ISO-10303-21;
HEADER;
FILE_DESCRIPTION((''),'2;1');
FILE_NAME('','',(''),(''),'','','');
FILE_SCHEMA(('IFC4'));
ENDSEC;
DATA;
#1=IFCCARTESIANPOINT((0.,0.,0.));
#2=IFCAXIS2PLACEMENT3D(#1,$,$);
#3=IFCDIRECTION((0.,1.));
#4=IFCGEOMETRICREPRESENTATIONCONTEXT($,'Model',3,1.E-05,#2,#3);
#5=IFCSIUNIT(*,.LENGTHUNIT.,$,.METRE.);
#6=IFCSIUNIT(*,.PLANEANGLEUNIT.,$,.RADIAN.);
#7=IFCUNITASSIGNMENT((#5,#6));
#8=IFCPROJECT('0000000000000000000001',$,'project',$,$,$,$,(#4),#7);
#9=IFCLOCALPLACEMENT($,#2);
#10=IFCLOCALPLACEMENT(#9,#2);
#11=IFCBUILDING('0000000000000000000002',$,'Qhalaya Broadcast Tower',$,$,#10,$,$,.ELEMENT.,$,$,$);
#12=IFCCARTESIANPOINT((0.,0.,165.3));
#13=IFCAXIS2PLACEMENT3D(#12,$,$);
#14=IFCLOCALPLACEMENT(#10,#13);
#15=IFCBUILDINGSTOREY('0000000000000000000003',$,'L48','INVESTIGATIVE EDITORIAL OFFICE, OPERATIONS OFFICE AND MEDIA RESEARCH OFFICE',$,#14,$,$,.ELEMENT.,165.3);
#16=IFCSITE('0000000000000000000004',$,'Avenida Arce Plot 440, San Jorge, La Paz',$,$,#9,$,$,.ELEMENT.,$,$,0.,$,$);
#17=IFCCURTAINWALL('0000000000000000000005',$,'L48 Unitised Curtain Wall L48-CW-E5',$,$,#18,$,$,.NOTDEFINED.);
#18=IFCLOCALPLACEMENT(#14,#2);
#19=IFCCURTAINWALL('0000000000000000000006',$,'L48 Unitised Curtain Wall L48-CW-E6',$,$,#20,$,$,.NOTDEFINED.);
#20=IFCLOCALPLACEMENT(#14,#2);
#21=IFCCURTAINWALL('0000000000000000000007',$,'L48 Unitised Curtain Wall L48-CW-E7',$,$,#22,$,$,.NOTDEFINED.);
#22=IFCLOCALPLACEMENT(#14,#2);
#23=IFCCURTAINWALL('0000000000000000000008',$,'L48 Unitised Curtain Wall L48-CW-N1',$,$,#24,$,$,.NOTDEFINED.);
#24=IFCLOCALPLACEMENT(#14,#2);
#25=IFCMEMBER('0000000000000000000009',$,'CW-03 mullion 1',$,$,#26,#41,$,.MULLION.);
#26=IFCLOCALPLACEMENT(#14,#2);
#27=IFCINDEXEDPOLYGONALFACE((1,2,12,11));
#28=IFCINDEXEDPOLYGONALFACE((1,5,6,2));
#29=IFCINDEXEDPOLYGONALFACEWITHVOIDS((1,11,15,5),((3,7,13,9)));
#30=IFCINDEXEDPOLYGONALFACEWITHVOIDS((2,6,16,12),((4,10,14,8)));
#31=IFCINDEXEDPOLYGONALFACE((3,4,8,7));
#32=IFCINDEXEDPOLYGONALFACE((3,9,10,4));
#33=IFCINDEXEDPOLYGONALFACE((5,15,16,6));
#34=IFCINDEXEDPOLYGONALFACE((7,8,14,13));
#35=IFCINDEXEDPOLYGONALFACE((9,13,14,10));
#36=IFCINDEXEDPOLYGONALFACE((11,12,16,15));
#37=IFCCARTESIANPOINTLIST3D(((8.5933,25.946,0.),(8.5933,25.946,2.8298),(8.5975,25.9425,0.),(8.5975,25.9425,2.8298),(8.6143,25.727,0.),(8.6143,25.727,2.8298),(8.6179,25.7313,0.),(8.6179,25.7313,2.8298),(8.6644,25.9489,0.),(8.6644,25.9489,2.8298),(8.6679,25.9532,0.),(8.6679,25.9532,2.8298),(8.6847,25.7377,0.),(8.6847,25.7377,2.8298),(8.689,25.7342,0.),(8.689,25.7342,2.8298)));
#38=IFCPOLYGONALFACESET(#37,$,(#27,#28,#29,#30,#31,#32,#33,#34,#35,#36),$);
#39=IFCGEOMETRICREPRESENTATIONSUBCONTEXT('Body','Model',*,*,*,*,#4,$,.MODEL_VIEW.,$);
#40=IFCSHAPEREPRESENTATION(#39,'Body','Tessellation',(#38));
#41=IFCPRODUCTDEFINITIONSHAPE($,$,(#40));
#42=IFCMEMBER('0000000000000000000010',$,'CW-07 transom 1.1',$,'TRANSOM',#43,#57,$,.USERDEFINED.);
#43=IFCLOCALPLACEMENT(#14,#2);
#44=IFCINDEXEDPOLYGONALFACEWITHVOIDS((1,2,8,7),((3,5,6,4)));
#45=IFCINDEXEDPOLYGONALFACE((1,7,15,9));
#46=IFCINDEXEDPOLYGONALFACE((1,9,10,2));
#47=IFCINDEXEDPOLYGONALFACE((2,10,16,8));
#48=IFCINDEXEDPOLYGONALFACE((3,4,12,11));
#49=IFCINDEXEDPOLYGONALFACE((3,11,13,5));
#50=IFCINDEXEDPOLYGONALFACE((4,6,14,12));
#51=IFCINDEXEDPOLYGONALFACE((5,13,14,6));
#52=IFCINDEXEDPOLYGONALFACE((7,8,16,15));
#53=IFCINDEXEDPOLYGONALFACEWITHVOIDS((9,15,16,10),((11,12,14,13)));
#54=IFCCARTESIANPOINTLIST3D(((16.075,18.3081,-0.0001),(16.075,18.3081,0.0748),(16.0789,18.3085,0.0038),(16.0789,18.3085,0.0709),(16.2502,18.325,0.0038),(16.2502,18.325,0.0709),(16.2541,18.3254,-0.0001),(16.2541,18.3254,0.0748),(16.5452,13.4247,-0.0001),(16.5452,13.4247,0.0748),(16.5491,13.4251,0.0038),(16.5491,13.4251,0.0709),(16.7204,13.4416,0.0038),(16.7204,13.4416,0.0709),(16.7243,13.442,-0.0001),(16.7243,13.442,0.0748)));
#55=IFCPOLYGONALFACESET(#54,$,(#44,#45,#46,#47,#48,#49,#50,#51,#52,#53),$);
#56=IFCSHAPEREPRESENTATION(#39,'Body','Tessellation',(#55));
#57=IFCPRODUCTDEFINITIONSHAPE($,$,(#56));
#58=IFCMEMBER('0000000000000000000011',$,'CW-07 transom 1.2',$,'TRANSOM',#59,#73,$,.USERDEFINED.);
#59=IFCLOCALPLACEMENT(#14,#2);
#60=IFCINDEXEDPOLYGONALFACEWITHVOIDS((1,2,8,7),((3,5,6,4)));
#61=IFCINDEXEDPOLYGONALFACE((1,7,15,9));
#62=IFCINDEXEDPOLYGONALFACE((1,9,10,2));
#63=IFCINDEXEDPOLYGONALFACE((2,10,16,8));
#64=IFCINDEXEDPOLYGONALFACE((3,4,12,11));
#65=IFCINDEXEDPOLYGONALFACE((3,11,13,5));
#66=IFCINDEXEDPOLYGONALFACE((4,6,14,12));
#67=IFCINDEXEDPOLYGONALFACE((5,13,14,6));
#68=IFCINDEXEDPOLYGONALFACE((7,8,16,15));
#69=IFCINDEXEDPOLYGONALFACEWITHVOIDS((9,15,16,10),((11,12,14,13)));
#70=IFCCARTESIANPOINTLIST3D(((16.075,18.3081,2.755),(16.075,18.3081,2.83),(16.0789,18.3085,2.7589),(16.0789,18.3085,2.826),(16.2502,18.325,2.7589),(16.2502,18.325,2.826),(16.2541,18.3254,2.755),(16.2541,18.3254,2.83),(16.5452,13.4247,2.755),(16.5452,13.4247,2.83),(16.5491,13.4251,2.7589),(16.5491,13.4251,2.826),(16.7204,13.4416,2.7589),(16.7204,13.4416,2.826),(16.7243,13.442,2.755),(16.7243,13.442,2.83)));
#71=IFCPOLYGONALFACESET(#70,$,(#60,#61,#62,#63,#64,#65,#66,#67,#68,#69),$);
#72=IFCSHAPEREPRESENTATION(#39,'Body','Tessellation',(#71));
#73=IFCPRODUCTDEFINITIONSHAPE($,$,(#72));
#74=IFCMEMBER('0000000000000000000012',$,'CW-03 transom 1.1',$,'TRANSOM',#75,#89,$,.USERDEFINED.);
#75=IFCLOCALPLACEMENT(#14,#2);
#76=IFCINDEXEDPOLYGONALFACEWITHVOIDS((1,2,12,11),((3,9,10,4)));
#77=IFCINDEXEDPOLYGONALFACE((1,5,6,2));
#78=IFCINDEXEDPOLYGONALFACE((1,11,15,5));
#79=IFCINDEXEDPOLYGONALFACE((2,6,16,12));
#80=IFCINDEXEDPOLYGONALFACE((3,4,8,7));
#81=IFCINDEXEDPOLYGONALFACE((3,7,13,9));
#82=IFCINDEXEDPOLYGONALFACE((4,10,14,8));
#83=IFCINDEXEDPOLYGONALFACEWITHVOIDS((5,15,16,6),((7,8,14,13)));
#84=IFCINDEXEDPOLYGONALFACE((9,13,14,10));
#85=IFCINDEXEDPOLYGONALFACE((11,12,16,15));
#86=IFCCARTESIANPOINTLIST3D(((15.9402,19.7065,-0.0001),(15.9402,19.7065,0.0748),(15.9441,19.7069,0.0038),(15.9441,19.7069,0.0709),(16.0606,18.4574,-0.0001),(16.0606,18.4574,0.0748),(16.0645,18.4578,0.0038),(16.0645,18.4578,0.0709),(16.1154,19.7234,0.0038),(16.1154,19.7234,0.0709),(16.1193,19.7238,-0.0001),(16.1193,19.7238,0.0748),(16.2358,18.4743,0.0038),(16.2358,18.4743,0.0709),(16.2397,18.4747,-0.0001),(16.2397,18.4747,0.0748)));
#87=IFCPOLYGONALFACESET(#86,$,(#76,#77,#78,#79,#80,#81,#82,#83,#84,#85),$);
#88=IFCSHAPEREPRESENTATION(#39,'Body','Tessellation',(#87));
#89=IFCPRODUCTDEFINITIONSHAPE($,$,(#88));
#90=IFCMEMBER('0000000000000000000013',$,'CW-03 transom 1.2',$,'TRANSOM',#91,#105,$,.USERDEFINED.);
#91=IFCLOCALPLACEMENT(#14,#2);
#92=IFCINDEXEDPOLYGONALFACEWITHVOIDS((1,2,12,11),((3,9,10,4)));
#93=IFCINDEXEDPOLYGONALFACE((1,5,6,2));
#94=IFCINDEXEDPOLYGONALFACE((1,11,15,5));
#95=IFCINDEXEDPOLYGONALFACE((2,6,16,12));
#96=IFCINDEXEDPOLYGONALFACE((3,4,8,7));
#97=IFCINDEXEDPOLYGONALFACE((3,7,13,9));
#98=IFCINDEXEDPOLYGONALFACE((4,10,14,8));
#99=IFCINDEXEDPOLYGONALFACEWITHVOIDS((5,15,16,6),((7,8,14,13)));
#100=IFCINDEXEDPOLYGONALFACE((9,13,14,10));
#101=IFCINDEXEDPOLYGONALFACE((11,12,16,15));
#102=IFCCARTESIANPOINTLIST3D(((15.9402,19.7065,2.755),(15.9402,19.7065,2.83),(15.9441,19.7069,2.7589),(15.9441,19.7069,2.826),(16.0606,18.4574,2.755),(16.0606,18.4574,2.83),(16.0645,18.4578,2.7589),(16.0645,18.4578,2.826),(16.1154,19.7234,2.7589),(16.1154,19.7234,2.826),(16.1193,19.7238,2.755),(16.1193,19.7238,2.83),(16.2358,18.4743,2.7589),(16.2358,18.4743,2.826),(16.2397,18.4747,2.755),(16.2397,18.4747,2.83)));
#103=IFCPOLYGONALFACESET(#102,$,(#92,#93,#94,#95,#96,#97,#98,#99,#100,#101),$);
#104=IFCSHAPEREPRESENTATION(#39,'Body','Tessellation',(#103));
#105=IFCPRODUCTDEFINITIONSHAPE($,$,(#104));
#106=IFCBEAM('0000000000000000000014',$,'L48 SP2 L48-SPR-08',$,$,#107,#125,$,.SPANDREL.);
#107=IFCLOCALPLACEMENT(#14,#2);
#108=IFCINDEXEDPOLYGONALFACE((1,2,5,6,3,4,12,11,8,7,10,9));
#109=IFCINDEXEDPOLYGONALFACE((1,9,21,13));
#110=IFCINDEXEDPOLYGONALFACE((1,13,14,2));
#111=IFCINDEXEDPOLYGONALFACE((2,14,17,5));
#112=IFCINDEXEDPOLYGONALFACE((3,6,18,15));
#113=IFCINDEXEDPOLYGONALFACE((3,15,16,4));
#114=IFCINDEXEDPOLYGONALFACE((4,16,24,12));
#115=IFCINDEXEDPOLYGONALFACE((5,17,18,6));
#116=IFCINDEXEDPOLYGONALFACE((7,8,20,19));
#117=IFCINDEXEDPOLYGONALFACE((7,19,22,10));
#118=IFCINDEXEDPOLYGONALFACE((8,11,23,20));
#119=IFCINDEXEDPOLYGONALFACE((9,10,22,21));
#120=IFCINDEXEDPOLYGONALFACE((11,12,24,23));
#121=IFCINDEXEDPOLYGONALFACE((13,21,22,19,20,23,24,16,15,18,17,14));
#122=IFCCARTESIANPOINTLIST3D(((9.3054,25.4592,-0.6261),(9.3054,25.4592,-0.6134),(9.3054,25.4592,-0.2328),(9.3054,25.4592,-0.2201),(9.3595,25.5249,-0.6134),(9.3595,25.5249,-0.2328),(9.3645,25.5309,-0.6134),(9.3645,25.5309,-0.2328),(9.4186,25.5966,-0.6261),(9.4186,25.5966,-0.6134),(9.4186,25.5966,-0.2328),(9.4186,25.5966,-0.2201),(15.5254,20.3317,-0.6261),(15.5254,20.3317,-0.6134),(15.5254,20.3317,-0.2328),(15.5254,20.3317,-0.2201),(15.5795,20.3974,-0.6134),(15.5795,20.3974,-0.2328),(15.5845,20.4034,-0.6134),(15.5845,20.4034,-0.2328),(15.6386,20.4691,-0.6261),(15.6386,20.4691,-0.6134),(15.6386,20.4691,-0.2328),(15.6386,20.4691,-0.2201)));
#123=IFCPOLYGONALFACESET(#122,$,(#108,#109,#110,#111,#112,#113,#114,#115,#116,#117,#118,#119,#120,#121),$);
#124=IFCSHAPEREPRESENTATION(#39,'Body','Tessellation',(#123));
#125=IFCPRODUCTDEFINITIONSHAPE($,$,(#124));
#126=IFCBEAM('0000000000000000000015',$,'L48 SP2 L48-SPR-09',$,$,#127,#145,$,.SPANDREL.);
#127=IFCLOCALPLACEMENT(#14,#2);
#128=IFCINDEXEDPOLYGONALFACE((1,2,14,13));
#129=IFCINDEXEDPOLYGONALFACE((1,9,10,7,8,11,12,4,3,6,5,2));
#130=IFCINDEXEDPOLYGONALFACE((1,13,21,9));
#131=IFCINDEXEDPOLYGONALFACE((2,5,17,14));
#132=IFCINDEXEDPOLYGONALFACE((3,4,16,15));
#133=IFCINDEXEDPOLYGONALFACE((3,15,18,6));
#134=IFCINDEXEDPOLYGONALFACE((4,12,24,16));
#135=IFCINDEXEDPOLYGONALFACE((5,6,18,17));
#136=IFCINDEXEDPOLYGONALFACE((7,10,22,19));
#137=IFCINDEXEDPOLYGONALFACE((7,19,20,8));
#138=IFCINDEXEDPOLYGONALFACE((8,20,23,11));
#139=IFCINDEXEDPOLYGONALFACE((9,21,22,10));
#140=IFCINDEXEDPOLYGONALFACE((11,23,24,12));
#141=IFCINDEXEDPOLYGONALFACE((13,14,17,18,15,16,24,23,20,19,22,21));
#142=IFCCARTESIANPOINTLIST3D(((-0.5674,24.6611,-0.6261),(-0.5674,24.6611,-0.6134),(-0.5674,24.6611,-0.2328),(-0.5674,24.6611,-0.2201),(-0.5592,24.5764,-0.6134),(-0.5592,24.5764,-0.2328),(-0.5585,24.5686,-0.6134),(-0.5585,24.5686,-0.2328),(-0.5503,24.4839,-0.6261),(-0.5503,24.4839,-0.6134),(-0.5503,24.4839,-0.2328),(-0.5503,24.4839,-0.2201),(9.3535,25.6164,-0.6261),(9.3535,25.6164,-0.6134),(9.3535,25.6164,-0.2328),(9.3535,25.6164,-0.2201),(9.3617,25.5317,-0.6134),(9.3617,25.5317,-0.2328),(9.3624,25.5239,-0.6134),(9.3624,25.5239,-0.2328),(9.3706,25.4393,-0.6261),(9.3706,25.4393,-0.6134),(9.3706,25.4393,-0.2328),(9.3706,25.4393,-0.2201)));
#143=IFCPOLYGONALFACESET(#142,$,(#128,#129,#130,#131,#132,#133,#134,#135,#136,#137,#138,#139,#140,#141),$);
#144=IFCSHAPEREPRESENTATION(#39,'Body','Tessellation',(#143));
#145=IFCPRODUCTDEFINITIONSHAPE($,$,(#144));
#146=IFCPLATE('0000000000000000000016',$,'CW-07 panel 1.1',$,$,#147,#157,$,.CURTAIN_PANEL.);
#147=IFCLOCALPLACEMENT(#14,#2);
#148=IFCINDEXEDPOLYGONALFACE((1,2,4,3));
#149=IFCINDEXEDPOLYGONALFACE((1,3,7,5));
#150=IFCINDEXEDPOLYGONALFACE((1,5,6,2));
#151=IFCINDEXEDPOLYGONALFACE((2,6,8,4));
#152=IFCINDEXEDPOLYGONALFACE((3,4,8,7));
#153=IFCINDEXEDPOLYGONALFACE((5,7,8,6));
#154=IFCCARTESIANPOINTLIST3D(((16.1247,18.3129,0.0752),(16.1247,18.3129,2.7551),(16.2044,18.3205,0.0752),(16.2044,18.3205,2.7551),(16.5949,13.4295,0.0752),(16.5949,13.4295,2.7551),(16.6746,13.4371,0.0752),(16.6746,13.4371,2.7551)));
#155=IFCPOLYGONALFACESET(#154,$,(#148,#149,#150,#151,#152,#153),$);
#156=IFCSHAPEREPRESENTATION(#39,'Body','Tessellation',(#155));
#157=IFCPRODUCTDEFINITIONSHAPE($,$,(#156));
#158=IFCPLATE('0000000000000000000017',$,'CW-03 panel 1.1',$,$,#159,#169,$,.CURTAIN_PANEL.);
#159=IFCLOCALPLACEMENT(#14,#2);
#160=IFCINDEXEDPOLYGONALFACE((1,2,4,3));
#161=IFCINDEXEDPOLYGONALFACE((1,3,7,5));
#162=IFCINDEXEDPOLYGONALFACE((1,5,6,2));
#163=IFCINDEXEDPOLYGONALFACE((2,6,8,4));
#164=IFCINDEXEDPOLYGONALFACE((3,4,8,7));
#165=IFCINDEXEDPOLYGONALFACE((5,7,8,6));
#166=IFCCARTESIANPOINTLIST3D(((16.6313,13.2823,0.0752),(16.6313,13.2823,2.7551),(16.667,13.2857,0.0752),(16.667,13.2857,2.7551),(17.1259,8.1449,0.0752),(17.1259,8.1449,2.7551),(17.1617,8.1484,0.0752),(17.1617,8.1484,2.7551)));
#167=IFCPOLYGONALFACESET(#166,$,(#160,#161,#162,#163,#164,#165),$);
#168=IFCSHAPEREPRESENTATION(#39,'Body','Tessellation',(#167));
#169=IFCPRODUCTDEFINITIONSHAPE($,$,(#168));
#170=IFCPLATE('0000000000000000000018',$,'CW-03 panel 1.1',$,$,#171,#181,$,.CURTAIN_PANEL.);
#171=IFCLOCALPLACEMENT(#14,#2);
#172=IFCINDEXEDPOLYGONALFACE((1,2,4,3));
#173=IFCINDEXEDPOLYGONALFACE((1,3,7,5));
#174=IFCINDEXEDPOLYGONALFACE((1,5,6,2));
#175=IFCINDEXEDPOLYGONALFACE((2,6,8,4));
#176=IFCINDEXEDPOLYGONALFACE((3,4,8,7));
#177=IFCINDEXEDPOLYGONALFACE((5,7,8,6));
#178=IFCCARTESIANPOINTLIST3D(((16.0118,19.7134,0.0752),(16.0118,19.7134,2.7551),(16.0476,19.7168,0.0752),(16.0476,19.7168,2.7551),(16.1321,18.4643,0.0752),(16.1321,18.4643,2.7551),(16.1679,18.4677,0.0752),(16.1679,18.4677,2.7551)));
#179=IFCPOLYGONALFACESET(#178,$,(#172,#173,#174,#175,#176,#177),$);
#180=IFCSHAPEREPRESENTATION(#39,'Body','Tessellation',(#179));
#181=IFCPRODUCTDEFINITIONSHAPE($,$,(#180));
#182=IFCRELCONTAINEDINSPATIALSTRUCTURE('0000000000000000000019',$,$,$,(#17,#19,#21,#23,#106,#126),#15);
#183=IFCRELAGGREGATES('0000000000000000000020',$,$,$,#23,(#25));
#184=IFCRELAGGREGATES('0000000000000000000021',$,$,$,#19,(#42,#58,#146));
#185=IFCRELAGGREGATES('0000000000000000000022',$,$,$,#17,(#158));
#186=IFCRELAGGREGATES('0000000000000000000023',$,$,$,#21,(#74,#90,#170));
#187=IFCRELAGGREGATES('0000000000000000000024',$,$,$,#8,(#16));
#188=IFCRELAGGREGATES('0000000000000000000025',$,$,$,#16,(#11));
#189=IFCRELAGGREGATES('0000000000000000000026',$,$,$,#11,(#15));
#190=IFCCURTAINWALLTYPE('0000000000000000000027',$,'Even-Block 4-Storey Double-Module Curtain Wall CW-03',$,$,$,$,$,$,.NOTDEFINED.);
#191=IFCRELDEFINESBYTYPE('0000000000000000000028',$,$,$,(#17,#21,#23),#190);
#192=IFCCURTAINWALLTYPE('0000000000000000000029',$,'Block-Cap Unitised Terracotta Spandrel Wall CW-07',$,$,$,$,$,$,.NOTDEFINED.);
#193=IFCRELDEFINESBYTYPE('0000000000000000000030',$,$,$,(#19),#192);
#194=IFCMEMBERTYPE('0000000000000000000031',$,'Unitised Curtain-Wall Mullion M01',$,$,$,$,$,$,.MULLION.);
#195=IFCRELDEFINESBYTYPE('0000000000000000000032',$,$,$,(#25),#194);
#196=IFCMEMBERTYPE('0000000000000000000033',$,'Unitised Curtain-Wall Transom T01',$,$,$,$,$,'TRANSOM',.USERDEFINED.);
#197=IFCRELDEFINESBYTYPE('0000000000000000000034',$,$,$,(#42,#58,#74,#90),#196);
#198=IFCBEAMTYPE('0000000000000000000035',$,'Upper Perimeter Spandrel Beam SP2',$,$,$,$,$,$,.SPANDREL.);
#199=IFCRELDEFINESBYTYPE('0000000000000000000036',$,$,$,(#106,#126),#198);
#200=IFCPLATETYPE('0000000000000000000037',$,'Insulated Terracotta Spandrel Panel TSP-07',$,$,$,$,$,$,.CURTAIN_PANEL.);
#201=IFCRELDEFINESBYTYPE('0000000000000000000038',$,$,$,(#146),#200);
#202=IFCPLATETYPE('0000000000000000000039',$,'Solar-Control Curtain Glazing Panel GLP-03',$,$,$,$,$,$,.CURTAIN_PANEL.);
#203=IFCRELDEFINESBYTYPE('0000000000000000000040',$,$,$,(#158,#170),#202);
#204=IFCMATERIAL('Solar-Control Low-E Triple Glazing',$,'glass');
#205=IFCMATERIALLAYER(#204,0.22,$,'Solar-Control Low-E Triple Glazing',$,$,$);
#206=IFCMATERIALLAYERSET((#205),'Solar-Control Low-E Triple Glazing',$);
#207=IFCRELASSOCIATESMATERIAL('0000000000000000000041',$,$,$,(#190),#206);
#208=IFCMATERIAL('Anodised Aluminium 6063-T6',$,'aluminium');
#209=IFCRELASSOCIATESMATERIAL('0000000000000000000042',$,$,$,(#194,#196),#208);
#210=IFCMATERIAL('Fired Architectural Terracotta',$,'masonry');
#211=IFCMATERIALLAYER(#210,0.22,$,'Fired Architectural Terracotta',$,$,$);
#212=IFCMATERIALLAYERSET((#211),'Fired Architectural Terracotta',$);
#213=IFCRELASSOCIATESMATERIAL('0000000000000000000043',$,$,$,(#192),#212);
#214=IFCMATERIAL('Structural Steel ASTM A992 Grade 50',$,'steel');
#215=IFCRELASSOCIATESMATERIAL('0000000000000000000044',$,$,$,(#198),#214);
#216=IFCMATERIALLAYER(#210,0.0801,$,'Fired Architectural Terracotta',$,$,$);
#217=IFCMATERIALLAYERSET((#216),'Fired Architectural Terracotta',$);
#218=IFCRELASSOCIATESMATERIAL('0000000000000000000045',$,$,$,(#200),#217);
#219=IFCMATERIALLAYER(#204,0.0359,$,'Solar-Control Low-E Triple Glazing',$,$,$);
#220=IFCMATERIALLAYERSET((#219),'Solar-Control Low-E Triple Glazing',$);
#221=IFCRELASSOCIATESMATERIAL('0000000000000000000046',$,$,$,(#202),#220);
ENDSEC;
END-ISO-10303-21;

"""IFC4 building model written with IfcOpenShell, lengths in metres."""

from ifc_helpers import new_model, si_unit, direction, frame, origin, origin_2d, place, context, subcontext, project, spatial, rectangle, hollow_rectangle, i_section, extrude, material, layer, layer_set, material_profile, profile_set, type_object, element, aggregate, save


model = new_model("IFC4")

# Units and contexts
model_context = context("Model", 3, precision=1e-05, world=origin(), true_north=direction((0.0, 1.0)))
body_context = subcontext(model_context, "Body", "Model", "MODEL_VIEW")
ifc_project = project(units=[si_unit("LENGTHUNIT", "METRE"), si_unit("PLANEANGLEUNIT", "RADIAN")], contexts=[model_context])

# Site, building, storey
site_placement = place(None, origin())
site = spatial("IfcSite", under=ifc_project, at=site_placement, Name="Avenida Arce Plot 440, San Jorge, La Paz", CompositionType="ELEMENT", RefElevation=0.0)
building_placement = place(site_placement, origin())
building = spatial("IfcBuilding", under=site, at=building_placement, Name="Qhalaya Broadcast Tower", CompositionType="ELEMENT")
storey_placement = place(building_placement, frame((0.0, 0.0, 165.3)))
storey = spatial("IfcBuildingStorey", under=building, at=storey_placement, Name="L48", Description="INVESTIGATIVE EDITORIAL OFFICE, OPERATIONS OFFICE AND MEDIA RESEARCH OFFICE", CompositionType="ELEMENT", Elevation=165.3)

# Shared definitions
ifc_material_1 = material(Name="Structural Steel ASTM A992 Grade 50", Category="steel")

# Curtain wall
ifc_material_2 = material(Name="Solar-Control Low-E Triple Glazing", Category="glass")
ifc_layer_1 = layer(ifc_material_2, 0.22, Name="Solar-Control Low-E Triple Glazing")
ifc_layer_set_1 = layer_set([ifc_layer_1], Name="Solar-Control Low-E Triple Glazing")
curtain_wall_type_1 = type_object("IfcCurtainWallType", Name="Even-Block 4-Storey Double-Module Curtain Wall CW-03", PredefinedType="NOTDEFINED", material=ifc_layer_set_1)
curtain_wall_1_placement = place(storey_placement, origin())
curtain_wall_1 = element("IfcCurtainWall", 1, at=curtain_wall_1_placement, inside=storey, type_object=curtain_wall_type_1, Name="L48 Unitised Curtain Wall L48-CW-E5", PredefinedType="NOTDEFINED")
ifc_material_3 = material(Name="Anodised Aluminium 6063-T6", Category="aluminium")
ifc_material_profile_1 = material_profile(ifc_material_3, hollow_rectangle(XDim=0.075, YDim=0.22, WallThickness=0.0039, at=origin_2d()), Name="ALU-MUL 75x220x4")
ifc_profile_set_1 = profile_set([ifc_material_profile_1], Name="Anodised Aluminium 6063-T6")
member_type_1 = type_object("IfcMemberType", Name="Unitised Curtain-Wall Mullion M01", PredefinedType="MULLION", material=ifc_profile_set_1)

# Curtain walls
ifc_material_4 = material(Name="Fired Architectural Terracotta", Category="masonry")
ifc_layer_2 = layer(ifc_material_4, 0.22, Name="Fired Architectural Terracotta")
ifc_layer_set_2 = layer_set([ifc_layer_2], Name="Fired Architectural Terracotta")
curtain_wall_type_2 = type_object("IfcCurtainWallType", Name="Block-Cap Unitised Terracotta Spandrel Wall CW-07", PredefinedType="NOTDEFINED", material=ifc_layer_set_2)
curtain_wall_2_placement = place(storey_placement, origin())
curtain_wall_2 = element("IfcCurtainWall", 2, at=curtain_wall_2_placement, inside=storey, type_object=curtain_wall_type_2, Name="L48 Unitised Curtain Wall L48-CW-E6", PredefinedType="NOTDEFINED")
curtain_wall_3_placement = place(storey_placement, origin())
curtain_wall_3 = element("IfcCurtainWall", 3, at=curtain_wall_3_placement, inside=storey, type_object=curtain_wall_type_1, Name="L48 Unitised Curtain Wall L48-CW-E7", PredefinedType="NOTDEFINED")

# Curtain wall, member
curtain_wall_4_placement = place(storey_placement, origin())
curtain_wall_4 = element("IfcCurtainWall", 4, at=curtain_wall_4_placement, inside=storey, type_object=curtain_wall_type_1, Name="L48 Unitised Curtain Wall L48-CW-N1", PredefinedType="NOTDEFINED")
member_1_placement = place(storey_placement, frame((8.6411, 25.8401, 0.0), z_axis=(0.0, 0.0, 1.0), x_axis=(-0.995399, -0.095821, 0.0)))
member_1 = element("IfcMember", 5, at=member_1_placement, type_object=member_type_1, Name="CW-03 mullion 1", PredefinedType="MULLION", context=body_context, shape_type="SweptSolid", body=[
    extrude(hollow_rectangle(XDim=0.075, YDim=0.22, WallThickness=0.0039, at=origin_2d()), origin(), (0.0, 0.0, 1.0), 2.8298),
])
aggregate(curtain_wall_4, [member_1])

# Members
ifc_material_profile_2 = material_profile(ifc_material_3, hollow_rectangle(XDim=0.075, YDim=0.1799, WallThickness=0.0039, at=origin_2d()), Name="ALU-TRN 75x180x4")
ifc_profile_set_2 = profile_set([ifc_material_profile_2], Name="Anodised Aluminium 6063-T6")
member_type_2 = type_object("IfcMemberType", Name="Unitised Curtain-Wall Transom T01", ElementType="TRANSOM", PredefinedType="USERDEFINED", material=ifc_profile_set_2)
member_2_placement = place(storey_placement, frame((16.6348, 13.4333, 0.0374), z_axis=(-0.095847, 0.995396, 0.0), x_axis=(0.0, 0.0, 1.0)))
member_2 = element("IfcMember", 6, at=member_2_placement, type_object=member_type_2, Name="CW-07 transom 1.1", ObjectType="TRANSOM", PredefinedType="USERDEFINED", context=body_context, shape_type="SweptSolid", body=[
    extrude(hollow_rectangle(XDim=0.075, YDim=0.1799, WallThickness=0.0039, at=origin_2d()), origin(), (0.0, 0.0, 1.0), 4.906),
])
member_3_placement = place(storey_placement, frame((16.6348, 13.4333, 2.7925), z_axis=(-0.095847, 0.995396, 0.0), x_axis=(0.0, 0.0, 1.0)))
member_3 = element("IfcMember", 7, at=member_3_placement, type_object=member_type_2, Name="CW-07 transom 1.2", ObjectType="TRANSOM", PredefinedType="USERDEFINED", context=body_context, shape_type="SweptSolid", body=[
    extrude(hollow_rectangle(XDim=0.075, YDim=0.1799, WallThickness=0.0039, at=origin_2d()), origin(), (0.0, 0.0, 1.0), 4.906),
])
member_4_placement = place(storey_placement, frame((16.1501, 18.4661, 0.0374), z_axis=(-0.09592, 0.995389, 0.0), x_axis=(0.0, 0.0, 1.0)))
member_4 = element("IfcMember", 8, at=member_4_placement, type_object=member_type_2, Name="CW-03 transom 1.1", ObjectType="TRANSOM", PredefinedType="USERDEFINED", context=body_context, shape_type="SweptSolid", body=[
    extrude(hollow_rectangle(XDim=0.075, YDim=0.1799, WallThickness=0.0039, at=origin_2d()), origin(), (0.0, 0.0, 1.0), 1.2549),
])
member_5_placement = place(storey_placement, frame((16.1501, 18.4661, 2.7925), z_axis=(-0.09592, 0.995389, 0.0), x_axis=(0.0, 0.0, 1.0)))
member_5 = element("IfcMember", 9, at=member_5_placement, type_object=member_type_2, Name="CW-03 transom 1.2", ObjectType="TRANSOM", PredefinedType="USERDEFINED", context=body_context, shape_type="SweptSolid", body=[
    extrude(hollow_rectangle(XDim=0.075, YDim=0.1799, WallThickness=0.0039, at=origin_2d()), origin(), (0.0, 0.0, 1.0), 1.2549),
])

# Beams
ifc_material_profile_3 = material_profile(ifc_material_1, i_section(OverallWidth=0.178, OverallDepth=0.406, WebThickness=0.0078, FlangeThickness=0.0127, at=origin_2d()), Name="W16X40")
ifc_profile_set_3 = profile_set([ifc_material_profile_3], Name="Structural Steel ASTM A992 Grade 50")
beam_type_1 = type_object("IfcBeamType", Name="Upper Perimeter Spandrel Beam SP2", PredefinedType="SPANDREL", material=ifc_profile_set_3)
beam_1_placement = place(storey_placement, frame((15.582, 20.4004, -0.4231), z_axis=(-0.771619, 0.636085, 0.0), x_axis=(-0.636085, -0.771619, 0.0)))
element("IfcBeam", 10, at=beam_1_placement, inside=storey, type_object=beam_type_1, Name="L48 SP2 L48-SPR-08", PredefinedType="SPANDREL", context=body_context, shape_type="SweptSolid", body=[
    extrude(i_section(OverallWidth=0.178, OverallDepth=0.406, WebThickness=0.0078, FlangeThickness=0.0127, at=origin_2d()), origin(), (0.0, 0.0, 1.0), 8.061),
])
beam_2_placement = place(storey_placement, frame((9.3621, 25.5278, -0.4231), z_axis=(-0.995396, -0.095851, 0.0), x_axis=(0.095851, -0.995396, 0.0)))
element("IfcBeam", 11, at=beam_2_placement, inside=storey, type_object=beam_type_1, Name="L48 SP2 L48-SPR-09", PredefinedType="SPANDREL", context=body_context, shape_type="SweptSolid", body=[
    extrude(i_section(OverallWidth=0.178, OverallDepth=0.406, WebThickness=0.0078, FlangeThickness=0.0127, at=origin_2d()), origin(), (0.0, 0.0, 1.0), 9.9668),
])

# Plates
ifc_layer_3 = layer(ifc_material_4, 0.0801, Name="Fired Architectural Terracotta")
ifc_layer_set_3 = layer_set([ifc_layer_3], Name="Fired Architectural Terracotta")
plate_type_1 = type_object("IfcPlateType", Name="Insulated Terracotta Spandrel Panel TSP-07", PredefinedType="CURTAIN_PANEL", material=ifc_layer_set_3)
plate_1_placement = place(storey_placement, frame((16.3997, 15.875, 0.0752), z_axis=(0.0, 0.0, 1.0), x_axis=(-0.095847, 0.995396, 0.0)))
plate_1 = element("IfcPlate", 12, at=plate_1_placement, type_object=plate_type_1, Name="CW-07 panel 1.1", PredefinedType="CURTAIN_PANEL", context=body_context, shape_type="SweptSolid", body=[
    extrude(rectangle(XDim=4.906, YDim=0.0801, at=origin_2d()), origin(), (0.0, 0.0, 1.0), 2.6799),
])
aggregate(curtain_wall_2, [member_2, member_3, plate_1])
ifc_layer_4 = layer(ifc_material_2, 0.0359, Name="Solar-Control Low-E Triple Glazing")
ifc_layer_set_4 = layer_set([ifc_layer_4], Name="Solar-Control Low-E Triple Glazing")
plate_type_2 = type_object("IfcPlateType", Name="Solar-Control Curtain Glazing Panel GLP-03", PredefinedType="CURTAIN_PANEL", material=ifc_layer_set_4)
plate_2_placement = place(storey_placement, frame((16.8965, 10.7153, 0.0752), z_axis=(0.0, 0.0, 1.0), x_axis=(-0.095838, 0.995397, 0.0)))
plate_2 = element("IfcPlate", 13, at=plate_2_placement, type_object=plate_type_2, Name="CW-03 panel 1.1", PredefinedType="CURTAIN_PANEL", context=body_context, shape_type="SweptSolid", body=[
    extrude(rectangle(XDim=5.1611, YDim=0.0359, at=origin_2d()), origin(), (0.0, 0.0, 1.0), 2.6799),
])
aggregate(curtain_wall_1, [plate_2])
plate_3_placement = place(storey_placement, frame((16.0898, 19.0906, 0.0752), z_axis=(0.0, 0.0, 1.0), x_axis=(-0.095874, 0.995393, 0.0)))
plate_3 = element("IfcPlate", 14, at=plate_3_placement, type_object=plate_type_2, Name="CW-03 panel 1.1", PredefinedType="CURTAIN_PANEL", context=body_context, shape_type="SweptSolid", body=[
    extrude(rectangle(XDim=1.2549, YDim=0.0359, at=origin_2d()), origin(), (0.0, 0.0, 1.0), 2.6799),
])
aggregate(curtain_wall_3, [member_4, member_5, plate_3])

save(model, "model.ifc")
